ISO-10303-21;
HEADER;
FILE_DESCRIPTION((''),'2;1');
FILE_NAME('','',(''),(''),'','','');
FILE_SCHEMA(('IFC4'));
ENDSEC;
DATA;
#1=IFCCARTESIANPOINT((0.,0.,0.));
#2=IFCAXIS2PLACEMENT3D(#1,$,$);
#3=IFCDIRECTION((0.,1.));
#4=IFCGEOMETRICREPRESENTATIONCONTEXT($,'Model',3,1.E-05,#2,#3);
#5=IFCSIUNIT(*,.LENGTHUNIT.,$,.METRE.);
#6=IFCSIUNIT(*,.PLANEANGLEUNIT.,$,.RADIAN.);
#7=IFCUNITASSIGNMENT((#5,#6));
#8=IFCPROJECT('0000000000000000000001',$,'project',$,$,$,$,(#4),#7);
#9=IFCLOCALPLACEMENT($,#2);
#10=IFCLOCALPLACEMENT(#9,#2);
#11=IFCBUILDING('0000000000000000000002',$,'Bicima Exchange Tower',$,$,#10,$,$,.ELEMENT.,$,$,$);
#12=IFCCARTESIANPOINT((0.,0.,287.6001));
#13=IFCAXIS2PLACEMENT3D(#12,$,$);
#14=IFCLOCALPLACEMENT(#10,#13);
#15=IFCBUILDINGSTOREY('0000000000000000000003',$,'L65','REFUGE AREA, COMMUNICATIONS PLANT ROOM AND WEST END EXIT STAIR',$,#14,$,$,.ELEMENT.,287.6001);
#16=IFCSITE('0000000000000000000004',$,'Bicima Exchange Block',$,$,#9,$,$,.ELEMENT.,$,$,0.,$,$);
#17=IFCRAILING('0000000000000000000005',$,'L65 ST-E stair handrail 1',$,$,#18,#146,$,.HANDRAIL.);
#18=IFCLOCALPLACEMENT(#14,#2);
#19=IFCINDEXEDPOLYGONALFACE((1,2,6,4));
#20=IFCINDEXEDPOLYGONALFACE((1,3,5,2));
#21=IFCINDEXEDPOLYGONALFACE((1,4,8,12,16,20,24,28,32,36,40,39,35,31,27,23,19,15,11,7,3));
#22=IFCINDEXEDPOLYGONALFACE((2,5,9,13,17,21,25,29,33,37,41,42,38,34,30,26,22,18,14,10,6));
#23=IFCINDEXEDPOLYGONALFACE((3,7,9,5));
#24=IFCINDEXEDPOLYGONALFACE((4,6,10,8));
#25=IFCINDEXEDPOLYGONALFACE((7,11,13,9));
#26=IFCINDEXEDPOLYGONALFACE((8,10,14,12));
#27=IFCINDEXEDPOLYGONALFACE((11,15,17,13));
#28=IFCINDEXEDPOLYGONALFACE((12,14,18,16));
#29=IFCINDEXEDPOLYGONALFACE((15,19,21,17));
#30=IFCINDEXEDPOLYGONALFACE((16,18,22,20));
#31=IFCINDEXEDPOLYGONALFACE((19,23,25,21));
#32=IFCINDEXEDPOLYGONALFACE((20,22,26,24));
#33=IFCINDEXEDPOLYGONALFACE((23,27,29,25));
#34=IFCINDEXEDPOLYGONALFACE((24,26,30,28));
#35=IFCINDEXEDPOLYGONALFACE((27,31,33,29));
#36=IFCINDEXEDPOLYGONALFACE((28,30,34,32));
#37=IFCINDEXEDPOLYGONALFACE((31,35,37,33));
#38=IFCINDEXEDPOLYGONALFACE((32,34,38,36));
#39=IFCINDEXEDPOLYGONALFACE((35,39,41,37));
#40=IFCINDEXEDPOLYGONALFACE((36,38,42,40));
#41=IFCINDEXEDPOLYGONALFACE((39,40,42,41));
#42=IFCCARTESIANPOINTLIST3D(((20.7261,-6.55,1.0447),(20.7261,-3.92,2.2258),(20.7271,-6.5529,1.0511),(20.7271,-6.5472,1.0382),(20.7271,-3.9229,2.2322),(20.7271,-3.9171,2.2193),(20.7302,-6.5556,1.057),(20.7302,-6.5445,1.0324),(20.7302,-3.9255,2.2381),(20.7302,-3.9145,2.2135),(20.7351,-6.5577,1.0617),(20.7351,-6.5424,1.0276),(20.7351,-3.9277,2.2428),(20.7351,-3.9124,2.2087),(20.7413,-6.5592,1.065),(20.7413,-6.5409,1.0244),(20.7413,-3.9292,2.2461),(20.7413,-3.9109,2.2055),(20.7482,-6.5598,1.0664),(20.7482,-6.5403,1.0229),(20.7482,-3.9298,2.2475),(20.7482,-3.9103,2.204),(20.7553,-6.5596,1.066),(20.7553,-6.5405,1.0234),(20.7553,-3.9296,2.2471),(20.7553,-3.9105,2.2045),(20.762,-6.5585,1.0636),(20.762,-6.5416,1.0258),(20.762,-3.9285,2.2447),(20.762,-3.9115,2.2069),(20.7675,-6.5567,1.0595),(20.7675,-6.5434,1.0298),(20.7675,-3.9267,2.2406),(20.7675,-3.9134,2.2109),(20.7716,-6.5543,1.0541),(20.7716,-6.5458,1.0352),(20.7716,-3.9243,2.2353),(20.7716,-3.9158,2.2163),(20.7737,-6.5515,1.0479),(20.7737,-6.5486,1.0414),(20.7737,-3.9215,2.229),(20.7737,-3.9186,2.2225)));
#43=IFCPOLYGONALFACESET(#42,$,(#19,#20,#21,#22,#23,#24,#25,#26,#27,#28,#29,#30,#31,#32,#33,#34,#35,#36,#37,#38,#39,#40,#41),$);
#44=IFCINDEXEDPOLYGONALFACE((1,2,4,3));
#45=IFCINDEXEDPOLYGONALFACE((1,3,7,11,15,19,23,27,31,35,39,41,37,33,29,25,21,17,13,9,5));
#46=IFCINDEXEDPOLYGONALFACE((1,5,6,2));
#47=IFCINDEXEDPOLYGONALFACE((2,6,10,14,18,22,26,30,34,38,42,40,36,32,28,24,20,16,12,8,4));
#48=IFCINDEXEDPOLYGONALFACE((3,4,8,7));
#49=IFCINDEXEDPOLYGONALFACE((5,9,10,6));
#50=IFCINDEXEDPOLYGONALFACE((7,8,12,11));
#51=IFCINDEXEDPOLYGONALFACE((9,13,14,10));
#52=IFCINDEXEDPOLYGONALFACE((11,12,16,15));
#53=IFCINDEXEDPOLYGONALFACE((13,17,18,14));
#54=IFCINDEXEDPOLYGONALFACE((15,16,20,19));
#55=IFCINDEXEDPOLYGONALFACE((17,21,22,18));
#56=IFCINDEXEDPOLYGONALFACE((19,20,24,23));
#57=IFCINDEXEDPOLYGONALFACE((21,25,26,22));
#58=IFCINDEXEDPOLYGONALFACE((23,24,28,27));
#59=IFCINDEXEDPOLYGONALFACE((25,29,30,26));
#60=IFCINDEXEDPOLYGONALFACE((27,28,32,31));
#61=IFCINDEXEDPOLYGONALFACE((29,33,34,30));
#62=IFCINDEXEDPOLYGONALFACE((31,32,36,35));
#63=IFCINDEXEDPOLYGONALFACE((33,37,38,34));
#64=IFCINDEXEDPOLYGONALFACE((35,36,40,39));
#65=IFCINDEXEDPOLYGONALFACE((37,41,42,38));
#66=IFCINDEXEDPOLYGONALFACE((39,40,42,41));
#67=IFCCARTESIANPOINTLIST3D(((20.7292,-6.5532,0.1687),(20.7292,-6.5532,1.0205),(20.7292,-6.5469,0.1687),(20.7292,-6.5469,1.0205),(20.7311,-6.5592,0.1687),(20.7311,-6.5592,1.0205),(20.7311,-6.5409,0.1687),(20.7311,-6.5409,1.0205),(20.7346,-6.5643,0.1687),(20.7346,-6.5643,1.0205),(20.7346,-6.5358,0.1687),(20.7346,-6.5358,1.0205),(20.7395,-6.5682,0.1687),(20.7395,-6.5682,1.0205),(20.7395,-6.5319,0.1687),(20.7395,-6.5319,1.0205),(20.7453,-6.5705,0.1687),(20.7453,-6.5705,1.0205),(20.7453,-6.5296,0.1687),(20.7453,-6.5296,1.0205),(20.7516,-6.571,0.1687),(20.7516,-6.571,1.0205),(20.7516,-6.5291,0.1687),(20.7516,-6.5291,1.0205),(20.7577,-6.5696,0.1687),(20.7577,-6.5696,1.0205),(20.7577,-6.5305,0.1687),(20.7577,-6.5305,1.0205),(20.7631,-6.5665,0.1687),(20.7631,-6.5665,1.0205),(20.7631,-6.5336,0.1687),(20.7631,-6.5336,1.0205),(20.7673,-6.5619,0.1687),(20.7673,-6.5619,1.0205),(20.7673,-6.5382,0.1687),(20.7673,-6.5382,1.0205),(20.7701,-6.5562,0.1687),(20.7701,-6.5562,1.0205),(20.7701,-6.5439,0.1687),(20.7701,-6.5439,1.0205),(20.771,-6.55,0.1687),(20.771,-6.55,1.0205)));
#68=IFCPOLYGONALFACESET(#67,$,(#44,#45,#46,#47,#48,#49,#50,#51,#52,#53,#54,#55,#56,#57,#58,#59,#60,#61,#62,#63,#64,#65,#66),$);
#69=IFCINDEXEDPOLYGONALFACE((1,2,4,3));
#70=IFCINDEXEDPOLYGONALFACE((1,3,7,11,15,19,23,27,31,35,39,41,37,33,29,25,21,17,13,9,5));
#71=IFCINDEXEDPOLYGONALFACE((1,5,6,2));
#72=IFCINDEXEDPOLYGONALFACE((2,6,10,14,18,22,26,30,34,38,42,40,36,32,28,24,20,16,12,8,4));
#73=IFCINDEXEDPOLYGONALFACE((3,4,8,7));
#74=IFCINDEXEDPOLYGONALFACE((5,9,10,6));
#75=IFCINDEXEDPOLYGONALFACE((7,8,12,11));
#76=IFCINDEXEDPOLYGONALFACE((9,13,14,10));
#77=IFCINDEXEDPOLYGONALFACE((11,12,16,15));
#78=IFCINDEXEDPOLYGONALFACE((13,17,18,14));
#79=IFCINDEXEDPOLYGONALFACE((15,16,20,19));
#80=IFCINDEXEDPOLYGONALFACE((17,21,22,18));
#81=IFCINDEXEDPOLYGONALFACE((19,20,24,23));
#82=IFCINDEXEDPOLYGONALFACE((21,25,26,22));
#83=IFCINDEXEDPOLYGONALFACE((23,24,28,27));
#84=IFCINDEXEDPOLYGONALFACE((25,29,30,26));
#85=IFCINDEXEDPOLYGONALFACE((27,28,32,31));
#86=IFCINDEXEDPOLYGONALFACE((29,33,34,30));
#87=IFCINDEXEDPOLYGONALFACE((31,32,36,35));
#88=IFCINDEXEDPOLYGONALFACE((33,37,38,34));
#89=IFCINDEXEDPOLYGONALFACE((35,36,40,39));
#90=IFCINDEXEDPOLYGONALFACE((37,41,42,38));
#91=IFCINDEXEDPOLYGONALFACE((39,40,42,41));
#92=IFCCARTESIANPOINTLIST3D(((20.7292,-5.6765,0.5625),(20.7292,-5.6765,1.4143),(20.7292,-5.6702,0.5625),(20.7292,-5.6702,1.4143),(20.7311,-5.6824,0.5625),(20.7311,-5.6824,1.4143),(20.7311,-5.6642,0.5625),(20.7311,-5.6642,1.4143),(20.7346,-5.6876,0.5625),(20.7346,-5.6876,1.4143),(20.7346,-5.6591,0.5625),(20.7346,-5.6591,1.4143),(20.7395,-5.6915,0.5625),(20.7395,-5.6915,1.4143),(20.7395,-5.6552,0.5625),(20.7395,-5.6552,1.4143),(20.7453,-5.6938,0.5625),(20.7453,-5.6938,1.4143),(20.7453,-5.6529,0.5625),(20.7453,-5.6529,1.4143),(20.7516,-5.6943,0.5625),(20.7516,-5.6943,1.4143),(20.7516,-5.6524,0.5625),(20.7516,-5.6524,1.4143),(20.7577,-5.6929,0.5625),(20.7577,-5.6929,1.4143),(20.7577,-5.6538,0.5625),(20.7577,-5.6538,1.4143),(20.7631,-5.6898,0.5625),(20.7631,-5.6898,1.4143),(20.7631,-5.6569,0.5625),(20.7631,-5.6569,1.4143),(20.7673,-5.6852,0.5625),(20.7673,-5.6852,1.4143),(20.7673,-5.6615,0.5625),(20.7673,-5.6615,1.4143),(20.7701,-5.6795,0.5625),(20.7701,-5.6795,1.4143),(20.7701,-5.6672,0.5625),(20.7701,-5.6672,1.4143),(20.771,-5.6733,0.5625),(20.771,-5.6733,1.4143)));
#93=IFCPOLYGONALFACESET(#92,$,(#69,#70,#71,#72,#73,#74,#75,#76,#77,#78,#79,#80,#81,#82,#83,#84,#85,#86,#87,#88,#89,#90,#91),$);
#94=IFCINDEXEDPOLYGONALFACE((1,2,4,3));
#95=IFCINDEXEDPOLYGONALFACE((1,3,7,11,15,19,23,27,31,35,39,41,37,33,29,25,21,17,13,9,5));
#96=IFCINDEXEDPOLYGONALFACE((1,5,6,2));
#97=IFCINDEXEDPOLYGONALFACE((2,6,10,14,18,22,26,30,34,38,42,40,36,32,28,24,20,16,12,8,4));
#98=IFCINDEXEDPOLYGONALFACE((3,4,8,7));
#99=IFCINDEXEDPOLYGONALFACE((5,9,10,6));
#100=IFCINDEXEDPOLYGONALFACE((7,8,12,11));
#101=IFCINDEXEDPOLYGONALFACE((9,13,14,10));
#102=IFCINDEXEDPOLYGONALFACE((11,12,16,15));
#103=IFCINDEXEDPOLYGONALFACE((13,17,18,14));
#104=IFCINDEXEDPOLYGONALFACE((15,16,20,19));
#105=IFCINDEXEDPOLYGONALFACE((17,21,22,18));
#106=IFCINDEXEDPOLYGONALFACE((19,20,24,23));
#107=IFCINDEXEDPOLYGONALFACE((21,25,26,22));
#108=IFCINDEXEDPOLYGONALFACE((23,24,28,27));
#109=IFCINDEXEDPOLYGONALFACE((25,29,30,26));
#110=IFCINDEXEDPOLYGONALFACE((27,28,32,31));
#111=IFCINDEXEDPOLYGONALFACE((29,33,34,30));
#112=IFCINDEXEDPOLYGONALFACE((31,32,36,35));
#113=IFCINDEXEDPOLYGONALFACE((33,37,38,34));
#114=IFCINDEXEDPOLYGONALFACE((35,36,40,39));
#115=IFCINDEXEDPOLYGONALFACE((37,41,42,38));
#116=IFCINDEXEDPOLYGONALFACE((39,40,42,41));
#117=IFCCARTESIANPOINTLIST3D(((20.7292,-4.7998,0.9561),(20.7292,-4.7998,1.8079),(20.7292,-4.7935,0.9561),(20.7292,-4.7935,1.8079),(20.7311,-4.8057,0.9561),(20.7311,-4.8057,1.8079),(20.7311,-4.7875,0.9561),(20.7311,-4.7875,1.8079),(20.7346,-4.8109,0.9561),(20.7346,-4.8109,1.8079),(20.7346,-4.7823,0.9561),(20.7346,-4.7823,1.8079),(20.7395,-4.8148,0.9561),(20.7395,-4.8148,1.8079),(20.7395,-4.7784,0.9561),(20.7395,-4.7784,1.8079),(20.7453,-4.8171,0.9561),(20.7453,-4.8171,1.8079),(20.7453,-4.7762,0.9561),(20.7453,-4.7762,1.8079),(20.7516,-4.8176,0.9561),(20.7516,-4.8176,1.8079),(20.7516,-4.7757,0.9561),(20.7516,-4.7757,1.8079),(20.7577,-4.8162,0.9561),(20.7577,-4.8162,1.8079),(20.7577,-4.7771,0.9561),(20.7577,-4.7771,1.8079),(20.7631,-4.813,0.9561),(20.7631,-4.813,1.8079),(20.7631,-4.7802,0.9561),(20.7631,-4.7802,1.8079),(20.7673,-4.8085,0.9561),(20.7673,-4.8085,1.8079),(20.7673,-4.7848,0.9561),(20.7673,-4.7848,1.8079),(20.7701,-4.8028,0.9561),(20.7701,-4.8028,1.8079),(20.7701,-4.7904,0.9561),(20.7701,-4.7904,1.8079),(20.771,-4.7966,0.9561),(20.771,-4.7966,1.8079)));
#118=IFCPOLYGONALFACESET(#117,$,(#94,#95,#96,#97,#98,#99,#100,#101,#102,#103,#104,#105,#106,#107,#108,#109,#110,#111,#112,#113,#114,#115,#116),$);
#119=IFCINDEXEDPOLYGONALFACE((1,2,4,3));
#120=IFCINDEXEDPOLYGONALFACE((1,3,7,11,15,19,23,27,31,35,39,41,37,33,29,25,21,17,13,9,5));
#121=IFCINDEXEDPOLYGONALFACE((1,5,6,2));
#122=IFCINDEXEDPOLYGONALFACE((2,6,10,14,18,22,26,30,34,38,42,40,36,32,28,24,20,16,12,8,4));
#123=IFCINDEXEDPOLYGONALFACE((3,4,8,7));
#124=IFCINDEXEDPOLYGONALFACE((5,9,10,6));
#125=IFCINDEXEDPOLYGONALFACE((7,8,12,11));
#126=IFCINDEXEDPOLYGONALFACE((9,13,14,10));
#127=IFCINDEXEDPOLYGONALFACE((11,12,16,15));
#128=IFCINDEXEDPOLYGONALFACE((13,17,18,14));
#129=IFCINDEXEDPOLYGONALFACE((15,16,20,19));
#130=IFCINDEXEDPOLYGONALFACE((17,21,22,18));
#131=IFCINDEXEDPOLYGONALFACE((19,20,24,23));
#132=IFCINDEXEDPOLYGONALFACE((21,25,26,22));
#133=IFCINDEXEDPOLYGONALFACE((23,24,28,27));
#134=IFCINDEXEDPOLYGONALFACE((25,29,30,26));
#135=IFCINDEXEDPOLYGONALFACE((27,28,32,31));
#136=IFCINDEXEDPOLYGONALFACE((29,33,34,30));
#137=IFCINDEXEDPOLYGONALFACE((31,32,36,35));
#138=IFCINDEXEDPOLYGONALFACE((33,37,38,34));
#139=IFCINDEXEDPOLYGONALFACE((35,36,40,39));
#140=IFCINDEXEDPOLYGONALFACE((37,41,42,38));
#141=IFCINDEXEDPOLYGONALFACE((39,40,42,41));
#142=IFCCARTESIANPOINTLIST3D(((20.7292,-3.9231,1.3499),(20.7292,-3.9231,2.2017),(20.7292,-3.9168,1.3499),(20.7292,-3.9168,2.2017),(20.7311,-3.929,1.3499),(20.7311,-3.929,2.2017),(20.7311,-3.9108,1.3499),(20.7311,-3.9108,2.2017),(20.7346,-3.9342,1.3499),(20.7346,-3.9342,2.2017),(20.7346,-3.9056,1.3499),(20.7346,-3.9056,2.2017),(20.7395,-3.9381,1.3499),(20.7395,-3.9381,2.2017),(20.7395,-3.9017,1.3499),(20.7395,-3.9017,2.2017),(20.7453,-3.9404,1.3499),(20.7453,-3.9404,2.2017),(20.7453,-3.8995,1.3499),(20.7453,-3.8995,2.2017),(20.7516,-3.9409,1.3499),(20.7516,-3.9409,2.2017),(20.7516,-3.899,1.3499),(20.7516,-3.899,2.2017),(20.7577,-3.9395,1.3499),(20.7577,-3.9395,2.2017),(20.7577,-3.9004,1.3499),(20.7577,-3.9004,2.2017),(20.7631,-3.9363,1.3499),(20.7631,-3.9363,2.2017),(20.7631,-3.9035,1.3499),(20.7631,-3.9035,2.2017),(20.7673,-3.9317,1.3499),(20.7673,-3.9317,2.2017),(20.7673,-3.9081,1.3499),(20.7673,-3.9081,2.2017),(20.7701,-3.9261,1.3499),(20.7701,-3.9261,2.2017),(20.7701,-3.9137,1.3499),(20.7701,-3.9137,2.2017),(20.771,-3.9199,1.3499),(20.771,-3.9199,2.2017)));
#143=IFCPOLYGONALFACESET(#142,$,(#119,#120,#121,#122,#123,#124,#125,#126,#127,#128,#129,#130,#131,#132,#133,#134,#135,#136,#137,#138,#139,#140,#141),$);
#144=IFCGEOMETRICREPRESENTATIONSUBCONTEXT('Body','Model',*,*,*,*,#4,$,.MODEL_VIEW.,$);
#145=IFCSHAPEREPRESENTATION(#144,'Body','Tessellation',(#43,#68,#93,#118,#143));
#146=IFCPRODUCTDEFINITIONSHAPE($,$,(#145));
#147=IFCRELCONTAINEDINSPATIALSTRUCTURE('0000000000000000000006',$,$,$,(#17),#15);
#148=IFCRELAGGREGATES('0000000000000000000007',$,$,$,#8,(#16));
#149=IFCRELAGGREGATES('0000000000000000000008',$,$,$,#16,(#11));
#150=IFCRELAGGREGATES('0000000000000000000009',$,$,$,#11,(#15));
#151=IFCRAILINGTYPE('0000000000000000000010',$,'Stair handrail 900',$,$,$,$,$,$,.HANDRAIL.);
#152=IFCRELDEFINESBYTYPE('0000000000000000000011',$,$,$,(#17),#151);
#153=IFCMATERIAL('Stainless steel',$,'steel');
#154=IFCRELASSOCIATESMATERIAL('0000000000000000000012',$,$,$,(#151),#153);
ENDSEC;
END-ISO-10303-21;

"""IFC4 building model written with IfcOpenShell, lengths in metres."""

from ifc_helpers import new_model, si_unit, direction, frame, origin, origin_2d, place, context, subcontext, project, spatial, circle, extrude, material, type_object, element, save


model = new_model("IFC4")

# Units and contexts
model_context = context("Model", 3, precision=1e-05, world=origin(), true_north=direction((0.0, 1.0)))
body_context = subcontext(model_context, "Body", "Model", "MODEL_VIEW")
ifc_project = project(units=[si_unit("LENGTHUNIT", "METRE"), si_unit("PLANEANGLEUNIT", "RADIAN")], contexts=[model_context])

# Site, building, storey
site_placement = place(None, origin())
site = spatial("IfcSite", under=ifc_project, at=site_placement, Name="Bicima Exchange Block", CompositionType="ELEMENT", RefElevation=0.0)
building_placement = place(site_placement, origin())
building = spatial("IfcBuilding", under=site, at=building_placement, Name="Bicima Exchange Tower", CompositionType="ELEMENT")
storey_placement = place(building_placement, frame((0.0, 0.0, 287.6001)))
storey = spatial("IfcBuildingStorey", under=building, at=storey_placement, Name="L65", Description="REFUGE AREA, COMMUNICATIONS PLANT ROOM AND WEST END EXIT STAIR", CompositionType="ELEMENT", Elevation=287.6001)

# Railing
ifc_material_1 = material(Name="Stainless steel", Category="steel")
railing_type_1 = type_object("IfcRailingType", Name="Stair handrail 900", PredefinedType="HANDRAIL", material=ifc_material_1)
for number, where, name in (
    (1, (20.75, -6.55, 0.1687), "L65 ST-E stair handrail 1"),
):
    element("IfcRailing", number, at=place(storey_placement, frame(where)), inside=storey, type_object=railing_type_1, Name=name, PredefinedType="HANDRAIL", context=body_context, shape_type="SweptSolid", body=[
        extrude(circle(Radius=0.0239, at=origin_2d()), frame((0.0, 0.0, 0.876), z_axis=(0.0, 0.912233, 0.409671), x_axis=(-1.0, 0.0, 0.0)), (0.0, 0.0, 1.0), 2.8831),
        extrude(circle(Radius=0.021, at=origin_2d()), origin(), (0.0, 0.0, 1.0), 0.8518),
        extrude(circle(Radius=0.021, at=origin_2d()), frame((0.0, 0.8767, 0.3938)), (0.0, 0.0, 1.0), 0.8518),
        extrude(circle(Radius=0.021, at=origin_2d()), frame((0.0, 1.7534, 0.7874)), (0.0, 0.0, 1.0), 0.8518),
        extrude(circle(Radius=0.021, at=origin_2d()), frame((0.0, 2.6301, 1.1812)), (0.0, 0.0, 1.0), 0.8518),
    ])

save(model, "model.ifc")
